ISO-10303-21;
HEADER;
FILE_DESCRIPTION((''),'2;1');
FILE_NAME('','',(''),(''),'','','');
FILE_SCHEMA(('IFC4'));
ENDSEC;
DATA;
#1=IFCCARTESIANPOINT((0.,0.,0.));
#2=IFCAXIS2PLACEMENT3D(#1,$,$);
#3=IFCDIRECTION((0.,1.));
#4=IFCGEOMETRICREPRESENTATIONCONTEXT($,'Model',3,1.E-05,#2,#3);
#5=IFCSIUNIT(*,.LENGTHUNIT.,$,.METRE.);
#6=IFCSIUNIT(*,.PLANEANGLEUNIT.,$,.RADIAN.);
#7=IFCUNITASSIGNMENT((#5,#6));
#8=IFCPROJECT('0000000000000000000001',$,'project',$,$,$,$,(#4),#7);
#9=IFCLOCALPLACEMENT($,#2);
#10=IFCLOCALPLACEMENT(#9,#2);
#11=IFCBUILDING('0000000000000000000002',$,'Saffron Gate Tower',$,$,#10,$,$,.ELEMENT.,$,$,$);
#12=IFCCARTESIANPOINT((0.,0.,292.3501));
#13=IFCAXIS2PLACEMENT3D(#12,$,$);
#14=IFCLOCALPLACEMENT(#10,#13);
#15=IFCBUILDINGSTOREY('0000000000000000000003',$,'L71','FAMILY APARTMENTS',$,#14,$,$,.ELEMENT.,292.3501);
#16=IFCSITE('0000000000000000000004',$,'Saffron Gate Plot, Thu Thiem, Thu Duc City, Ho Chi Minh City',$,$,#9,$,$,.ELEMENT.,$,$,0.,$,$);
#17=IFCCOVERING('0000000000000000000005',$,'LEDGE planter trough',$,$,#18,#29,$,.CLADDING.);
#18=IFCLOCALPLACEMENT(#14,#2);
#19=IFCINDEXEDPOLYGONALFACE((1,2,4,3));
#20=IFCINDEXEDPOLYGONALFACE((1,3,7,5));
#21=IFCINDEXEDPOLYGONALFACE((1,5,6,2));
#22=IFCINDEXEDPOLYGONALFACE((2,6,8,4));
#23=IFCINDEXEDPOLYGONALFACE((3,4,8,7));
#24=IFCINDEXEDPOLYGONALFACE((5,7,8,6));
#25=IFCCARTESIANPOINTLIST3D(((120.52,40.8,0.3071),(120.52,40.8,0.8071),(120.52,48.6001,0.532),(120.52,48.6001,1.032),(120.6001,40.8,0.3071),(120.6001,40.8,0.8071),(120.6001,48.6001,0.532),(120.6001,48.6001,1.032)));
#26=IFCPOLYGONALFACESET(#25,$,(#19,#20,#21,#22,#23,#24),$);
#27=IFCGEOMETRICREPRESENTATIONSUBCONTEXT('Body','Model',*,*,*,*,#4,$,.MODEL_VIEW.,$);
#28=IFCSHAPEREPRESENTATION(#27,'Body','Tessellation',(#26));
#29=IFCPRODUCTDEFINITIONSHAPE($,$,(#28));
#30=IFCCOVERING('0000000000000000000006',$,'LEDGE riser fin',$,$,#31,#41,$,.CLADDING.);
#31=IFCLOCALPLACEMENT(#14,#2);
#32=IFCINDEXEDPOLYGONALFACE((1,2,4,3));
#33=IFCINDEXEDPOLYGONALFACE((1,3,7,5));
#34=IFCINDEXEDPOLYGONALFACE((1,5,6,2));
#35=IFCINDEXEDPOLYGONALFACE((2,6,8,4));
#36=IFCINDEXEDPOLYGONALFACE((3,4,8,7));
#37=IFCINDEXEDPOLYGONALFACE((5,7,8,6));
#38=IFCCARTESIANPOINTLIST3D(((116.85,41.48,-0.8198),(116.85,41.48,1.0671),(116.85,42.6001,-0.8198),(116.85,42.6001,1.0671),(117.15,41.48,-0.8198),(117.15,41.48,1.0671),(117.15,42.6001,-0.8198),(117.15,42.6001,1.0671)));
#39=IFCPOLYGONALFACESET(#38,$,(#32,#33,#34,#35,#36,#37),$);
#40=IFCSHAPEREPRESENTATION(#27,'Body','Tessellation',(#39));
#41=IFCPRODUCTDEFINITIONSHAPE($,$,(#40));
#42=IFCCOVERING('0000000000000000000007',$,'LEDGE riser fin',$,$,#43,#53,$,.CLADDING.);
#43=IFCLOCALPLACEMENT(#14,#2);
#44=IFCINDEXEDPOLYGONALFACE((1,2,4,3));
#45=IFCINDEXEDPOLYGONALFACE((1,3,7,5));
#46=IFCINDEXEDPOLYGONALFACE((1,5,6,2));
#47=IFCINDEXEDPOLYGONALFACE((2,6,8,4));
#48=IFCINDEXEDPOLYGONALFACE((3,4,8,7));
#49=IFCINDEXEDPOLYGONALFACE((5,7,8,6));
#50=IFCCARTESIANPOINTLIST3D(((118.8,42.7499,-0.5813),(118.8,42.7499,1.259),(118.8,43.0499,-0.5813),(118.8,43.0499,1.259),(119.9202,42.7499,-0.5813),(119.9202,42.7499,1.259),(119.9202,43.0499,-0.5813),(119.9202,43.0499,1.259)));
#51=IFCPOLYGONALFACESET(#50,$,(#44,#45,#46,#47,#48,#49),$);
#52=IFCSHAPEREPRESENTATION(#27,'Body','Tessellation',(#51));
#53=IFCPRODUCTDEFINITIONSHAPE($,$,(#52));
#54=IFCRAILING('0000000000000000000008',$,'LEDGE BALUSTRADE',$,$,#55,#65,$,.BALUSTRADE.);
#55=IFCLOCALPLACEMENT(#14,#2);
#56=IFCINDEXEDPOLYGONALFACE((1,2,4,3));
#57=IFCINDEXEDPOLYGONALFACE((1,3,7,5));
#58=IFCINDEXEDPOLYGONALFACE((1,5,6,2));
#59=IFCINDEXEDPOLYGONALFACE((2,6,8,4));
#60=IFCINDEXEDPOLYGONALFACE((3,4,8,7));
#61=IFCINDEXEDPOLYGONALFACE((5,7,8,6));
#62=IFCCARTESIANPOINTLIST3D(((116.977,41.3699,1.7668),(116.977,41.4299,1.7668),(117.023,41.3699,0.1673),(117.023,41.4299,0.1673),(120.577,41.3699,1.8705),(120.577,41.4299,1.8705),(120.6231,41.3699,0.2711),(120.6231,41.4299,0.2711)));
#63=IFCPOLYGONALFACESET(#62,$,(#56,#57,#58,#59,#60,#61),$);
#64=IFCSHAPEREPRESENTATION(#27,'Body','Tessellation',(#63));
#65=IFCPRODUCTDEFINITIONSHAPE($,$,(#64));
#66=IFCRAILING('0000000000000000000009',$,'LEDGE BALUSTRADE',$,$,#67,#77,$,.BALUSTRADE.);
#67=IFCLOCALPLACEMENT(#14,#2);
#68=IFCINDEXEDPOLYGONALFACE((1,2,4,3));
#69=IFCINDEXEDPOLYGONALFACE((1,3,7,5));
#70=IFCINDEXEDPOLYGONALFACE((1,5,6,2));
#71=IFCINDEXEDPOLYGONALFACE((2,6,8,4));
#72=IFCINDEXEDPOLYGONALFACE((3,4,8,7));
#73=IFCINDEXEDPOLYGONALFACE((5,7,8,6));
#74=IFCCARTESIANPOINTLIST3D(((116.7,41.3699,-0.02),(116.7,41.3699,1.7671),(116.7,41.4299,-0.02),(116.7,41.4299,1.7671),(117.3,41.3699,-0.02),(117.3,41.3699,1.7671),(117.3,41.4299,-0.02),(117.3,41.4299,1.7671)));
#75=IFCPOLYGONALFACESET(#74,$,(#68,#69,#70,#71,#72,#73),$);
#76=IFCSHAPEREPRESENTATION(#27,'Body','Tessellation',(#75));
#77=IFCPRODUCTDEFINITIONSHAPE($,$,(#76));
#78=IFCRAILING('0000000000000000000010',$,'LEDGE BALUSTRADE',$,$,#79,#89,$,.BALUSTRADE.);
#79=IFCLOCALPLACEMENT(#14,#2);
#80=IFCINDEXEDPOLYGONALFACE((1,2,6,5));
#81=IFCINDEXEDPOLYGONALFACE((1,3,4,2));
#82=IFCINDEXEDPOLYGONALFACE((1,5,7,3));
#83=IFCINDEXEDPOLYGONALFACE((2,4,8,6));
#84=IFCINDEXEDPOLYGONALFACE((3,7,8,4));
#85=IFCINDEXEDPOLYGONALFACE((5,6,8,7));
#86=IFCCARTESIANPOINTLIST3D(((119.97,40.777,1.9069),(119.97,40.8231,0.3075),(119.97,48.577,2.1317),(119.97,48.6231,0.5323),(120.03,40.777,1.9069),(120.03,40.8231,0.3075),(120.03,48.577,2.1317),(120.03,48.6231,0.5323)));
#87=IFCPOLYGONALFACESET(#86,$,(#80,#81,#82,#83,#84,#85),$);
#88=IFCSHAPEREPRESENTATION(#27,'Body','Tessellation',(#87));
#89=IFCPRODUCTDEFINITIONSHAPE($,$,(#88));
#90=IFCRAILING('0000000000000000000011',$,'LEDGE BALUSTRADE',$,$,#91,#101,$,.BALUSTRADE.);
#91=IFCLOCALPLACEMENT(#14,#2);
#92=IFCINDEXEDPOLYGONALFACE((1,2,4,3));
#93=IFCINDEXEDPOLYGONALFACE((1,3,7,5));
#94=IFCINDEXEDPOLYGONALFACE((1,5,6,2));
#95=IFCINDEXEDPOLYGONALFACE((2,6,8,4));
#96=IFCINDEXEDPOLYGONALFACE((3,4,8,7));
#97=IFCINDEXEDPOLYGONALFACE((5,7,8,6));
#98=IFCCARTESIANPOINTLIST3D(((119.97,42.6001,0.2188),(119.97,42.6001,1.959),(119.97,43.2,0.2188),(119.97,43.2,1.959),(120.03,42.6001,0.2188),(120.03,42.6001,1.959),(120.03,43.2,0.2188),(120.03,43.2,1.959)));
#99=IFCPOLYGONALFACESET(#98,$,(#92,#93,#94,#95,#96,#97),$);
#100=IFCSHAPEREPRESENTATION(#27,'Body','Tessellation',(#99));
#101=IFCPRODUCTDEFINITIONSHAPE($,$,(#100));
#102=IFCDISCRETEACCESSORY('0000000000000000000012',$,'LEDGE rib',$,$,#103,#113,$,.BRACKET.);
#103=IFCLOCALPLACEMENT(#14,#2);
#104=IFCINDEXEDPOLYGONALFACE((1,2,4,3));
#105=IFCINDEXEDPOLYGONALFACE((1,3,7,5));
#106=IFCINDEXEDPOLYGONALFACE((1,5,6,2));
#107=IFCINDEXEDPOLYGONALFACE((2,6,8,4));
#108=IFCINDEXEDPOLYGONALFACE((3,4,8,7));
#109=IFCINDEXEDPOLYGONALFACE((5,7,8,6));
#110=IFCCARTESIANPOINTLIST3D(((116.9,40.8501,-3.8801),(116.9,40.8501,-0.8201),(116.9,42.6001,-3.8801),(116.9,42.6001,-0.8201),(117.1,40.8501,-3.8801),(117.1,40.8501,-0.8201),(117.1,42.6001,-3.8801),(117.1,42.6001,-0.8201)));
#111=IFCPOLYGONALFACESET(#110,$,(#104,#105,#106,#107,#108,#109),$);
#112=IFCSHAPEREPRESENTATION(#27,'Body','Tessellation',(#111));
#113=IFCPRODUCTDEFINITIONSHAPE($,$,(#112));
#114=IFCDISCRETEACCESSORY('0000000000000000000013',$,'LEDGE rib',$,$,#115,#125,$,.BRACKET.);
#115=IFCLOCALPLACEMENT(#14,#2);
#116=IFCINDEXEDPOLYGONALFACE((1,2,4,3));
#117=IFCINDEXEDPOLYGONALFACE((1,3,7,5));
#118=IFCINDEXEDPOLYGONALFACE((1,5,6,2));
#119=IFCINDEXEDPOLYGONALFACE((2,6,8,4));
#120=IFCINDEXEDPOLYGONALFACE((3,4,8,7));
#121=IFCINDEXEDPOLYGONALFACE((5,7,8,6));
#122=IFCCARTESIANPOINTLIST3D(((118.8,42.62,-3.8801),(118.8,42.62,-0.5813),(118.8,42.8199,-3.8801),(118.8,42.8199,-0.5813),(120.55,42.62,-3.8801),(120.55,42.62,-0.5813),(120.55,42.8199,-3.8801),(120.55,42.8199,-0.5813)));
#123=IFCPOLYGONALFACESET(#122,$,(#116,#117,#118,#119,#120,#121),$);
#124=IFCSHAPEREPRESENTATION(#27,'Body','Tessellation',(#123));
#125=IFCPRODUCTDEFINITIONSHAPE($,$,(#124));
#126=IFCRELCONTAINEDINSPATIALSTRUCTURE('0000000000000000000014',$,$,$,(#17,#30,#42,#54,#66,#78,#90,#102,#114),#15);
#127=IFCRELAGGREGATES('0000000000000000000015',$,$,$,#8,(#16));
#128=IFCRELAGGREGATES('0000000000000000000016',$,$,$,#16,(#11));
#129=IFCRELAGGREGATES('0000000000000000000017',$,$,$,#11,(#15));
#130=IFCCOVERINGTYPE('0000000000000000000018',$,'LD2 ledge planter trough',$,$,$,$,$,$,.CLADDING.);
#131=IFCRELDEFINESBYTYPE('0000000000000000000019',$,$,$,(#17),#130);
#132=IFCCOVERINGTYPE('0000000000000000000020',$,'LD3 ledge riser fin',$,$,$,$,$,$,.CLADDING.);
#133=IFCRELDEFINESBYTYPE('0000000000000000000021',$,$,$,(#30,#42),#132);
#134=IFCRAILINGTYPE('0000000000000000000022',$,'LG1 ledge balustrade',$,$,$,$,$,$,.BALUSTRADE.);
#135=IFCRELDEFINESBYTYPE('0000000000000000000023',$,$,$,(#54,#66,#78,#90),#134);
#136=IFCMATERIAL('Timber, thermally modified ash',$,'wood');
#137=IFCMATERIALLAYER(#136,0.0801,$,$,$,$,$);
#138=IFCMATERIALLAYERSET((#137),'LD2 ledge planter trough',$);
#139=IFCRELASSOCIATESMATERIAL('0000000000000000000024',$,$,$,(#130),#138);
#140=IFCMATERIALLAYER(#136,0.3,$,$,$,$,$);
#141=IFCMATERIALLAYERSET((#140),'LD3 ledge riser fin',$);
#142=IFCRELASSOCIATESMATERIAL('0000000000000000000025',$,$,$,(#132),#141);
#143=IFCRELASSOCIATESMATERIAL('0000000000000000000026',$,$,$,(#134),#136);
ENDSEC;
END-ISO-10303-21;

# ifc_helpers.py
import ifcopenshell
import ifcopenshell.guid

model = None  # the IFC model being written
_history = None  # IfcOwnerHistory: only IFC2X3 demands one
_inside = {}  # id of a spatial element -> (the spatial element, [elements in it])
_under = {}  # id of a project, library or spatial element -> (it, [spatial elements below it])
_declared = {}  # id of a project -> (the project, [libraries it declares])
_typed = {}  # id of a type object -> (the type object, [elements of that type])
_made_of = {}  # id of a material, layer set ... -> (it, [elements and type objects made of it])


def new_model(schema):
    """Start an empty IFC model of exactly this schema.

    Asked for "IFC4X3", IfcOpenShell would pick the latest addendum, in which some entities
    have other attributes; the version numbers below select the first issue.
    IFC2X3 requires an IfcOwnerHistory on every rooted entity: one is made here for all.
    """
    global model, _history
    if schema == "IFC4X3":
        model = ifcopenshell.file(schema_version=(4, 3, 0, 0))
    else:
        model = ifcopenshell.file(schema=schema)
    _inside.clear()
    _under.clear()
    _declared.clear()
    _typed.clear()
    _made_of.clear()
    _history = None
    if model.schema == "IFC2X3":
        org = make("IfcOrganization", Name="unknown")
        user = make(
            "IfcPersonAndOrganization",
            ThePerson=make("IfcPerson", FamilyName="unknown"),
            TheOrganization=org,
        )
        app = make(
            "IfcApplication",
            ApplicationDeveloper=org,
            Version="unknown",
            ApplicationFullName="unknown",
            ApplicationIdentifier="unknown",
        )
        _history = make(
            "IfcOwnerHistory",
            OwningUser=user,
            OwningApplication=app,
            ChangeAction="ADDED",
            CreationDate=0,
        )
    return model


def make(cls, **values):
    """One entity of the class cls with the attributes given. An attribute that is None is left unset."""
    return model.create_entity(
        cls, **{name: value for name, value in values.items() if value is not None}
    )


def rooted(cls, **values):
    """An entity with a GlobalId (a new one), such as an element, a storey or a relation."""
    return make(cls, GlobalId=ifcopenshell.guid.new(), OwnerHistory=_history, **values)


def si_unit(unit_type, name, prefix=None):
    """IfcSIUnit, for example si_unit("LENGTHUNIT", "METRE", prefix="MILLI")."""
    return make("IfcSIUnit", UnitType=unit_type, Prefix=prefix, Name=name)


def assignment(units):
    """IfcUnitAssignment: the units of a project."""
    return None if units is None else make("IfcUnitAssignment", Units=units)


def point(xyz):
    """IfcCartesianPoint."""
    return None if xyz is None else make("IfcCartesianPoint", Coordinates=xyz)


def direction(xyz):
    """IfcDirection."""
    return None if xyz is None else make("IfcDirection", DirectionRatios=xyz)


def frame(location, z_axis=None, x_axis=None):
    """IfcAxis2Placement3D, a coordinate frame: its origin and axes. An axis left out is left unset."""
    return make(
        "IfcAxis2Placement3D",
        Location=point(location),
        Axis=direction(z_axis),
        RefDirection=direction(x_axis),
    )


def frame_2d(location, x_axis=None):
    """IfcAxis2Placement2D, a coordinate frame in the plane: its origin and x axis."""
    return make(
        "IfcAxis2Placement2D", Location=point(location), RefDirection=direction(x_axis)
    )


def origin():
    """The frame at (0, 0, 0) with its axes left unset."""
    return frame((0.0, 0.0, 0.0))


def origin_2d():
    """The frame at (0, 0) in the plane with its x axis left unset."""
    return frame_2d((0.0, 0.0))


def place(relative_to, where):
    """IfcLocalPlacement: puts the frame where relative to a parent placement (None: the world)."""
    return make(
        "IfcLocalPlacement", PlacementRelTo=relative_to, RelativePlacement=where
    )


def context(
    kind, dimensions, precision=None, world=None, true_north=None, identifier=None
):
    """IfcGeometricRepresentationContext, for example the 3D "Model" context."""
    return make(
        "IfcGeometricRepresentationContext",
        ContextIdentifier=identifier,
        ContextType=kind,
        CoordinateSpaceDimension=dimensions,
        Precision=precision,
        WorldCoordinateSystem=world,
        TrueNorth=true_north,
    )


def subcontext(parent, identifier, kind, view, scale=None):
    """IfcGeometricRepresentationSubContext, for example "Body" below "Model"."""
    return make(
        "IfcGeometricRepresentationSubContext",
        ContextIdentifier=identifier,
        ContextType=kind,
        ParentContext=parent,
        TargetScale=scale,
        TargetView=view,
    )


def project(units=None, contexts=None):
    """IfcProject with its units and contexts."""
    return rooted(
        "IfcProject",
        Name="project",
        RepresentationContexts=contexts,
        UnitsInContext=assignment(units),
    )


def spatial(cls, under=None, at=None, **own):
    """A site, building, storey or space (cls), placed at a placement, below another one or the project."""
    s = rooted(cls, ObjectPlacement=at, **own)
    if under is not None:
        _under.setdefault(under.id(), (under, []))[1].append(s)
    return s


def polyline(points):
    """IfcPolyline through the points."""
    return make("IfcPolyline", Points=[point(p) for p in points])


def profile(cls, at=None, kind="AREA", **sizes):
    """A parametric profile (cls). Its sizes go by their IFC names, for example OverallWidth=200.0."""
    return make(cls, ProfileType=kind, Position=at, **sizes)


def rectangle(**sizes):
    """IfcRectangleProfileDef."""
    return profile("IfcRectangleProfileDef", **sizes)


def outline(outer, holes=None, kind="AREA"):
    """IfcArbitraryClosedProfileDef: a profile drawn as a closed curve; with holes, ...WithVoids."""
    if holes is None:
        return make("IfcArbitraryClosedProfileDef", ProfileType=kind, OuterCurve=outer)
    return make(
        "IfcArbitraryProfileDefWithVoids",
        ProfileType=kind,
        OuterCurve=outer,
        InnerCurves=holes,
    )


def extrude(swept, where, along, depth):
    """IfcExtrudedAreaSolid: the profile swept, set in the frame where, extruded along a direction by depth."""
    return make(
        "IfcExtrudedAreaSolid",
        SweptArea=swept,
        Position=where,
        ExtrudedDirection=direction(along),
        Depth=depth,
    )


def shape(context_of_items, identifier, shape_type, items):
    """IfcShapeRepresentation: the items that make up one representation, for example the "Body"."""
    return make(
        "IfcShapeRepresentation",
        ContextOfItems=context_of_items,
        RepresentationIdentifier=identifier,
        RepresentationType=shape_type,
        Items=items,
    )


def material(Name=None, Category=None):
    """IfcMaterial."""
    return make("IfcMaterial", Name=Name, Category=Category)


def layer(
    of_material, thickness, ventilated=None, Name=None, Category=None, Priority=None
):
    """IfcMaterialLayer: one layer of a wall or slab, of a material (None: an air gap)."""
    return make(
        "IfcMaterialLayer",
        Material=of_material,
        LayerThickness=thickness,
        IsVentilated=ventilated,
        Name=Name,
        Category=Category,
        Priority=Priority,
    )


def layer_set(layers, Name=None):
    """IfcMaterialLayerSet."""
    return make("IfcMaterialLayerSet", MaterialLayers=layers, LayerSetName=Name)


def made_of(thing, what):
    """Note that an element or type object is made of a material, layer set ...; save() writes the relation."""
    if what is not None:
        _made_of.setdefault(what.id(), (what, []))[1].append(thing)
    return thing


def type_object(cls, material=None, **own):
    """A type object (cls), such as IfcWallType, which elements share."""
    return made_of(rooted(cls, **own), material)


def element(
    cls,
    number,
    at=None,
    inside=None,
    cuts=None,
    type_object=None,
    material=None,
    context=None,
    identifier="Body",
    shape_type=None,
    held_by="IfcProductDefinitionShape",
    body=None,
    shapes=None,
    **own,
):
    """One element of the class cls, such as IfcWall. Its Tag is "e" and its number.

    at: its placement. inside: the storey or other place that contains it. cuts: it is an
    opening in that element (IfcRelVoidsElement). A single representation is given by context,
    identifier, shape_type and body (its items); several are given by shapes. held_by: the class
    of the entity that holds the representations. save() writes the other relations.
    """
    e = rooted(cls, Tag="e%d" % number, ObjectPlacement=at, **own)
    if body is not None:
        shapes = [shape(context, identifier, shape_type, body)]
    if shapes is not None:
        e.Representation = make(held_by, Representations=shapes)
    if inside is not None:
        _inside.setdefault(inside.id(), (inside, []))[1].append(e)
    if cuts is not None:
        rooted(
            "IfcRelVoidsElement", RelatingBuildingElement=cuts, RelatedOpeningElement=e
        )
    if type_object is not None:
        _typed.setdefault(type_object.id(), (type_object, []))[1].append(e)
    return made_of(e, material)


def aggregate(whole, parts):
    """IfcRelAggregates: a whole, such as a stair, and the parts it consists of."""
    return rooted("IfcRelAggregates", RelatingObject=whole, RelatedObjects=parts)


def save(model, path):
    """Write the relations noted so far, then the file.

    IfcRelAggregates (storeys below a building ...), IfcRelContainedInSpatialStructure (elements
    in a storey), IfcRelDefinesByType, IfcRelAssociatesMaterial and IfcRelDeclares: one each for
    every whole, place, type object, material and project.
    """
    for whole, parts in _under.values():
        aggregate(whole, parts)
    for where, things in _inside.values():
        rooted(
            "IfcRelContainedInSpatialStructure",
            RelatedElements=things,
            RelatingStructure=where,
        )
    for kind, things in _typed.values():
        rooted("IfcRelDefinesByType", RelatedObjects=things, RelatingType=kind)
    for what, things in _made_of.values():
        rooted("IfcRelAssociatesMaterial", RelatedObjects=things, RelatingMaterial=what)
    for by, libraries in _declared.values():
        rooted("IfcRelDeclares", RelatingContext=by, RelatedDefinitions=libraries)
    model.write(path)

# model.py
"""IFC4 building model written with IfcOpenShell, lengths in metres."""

from ifc_helpers import new_model, si_unit, direction, frame, origin, origin_2d, place, context, subcontext, project, spatial, polyline, rectangle, outline, extrude, material, layer, layer_set, type_object, element, save


model = new_model("IFC4")

# Units and contexts
model_context = context("Model", 3, precision=1e-05, world=origin(), true_north=direction((0.0, 1.0)))
body_context = subcontext(model_context, "Body", "Model", "MODEL_VIEW")
ifc_project = project(units=[si_unit("LENGTHUNIT", "METRE"), si_unit("PLANEANGLEUNIT", "RADIAN")], contexts=[model_context])

# Site, building, storey
site_placement = place(None, origin())
site = spatial("IfcSite", under=ifc_project, at=site_placement, Name="Saffron Gate Plot, Thu Thiem, Thu Duc City, Ho Chi Minh City", CompositionType="ELEMENT", RefElevation=0.0)
building_placement = place(site_placement, origin())
building = spatial("IfcBuilding", under=site, at=building_placement, Name="Saffron Gate Tower", CompositionType="ELEMENT")
storey_placement = place(building_placement, frame((0.0, 0.0, 292.3501)))
storey = spatial("IfcBuildingStorey", under=building, at=storey_placement, Name="L71", Description="FAMILY APARTMENTS", CompositionType="ELEMENT", Elevation=292.3501)

# Coverings
ifc_material_1 = material(Name="Timber, thermally modified ash", Category="wood")
ifc_layer_1 = layer(ifc_material_1, 0.0801)
ifc_layer_set_1 = layer_set([ifc_layer_1], Name="LD2 ledge planter trough")
covering_type_1 = type_object("IfcCoveringType", Name="LD2 ledge planter trough", PredefinedType="CLADDING", material=ifc_layer_set_1)
covering_1_placement = place(storey_placement, frame((120.6001, 40.8, 0.3071), z_axis=(1.0, 0.0, 0.0), x_axis=(0.0, 0.999585, 0.028815)))
element("IfcCovering", 1, at=covering_1_placement, inside=storey, type_object=covering_type_1, Name="LEDGE planter trough", PredefinedType="CLADDING", context=body_context, shape_type="SweptSolid", body=[
    extrude(outline(polyline([(0.0, 0.0), (7.8033, 0.0), (7.8177, 0.4998), (0.0144, 0.4998), (0.0, 0.0)])), origin(), (0.0, 0.0, -1.0), 0.0801),
])
ifc_layer_2 = layer(ifc_material_1, 0.3)
ifc_layer_set_2 = layer_set([ifc_layer_2], Name="LD3 ledge riser fin")
covering_type_2 = type_object("IfcCoveringType", Name="LD3 ledge riser fin", PredefinedType="CLADDING", material=ifc_layer_set_2)
covering_2_placement = place(storey_placement, frame((117.0, 42.04, -0.8198), z_axis=(0.0, 0.0, 1.0), x_axis=(1.0, 0.0, 0.0)))
element("IfcCovering", 2, at=covering_2_placement, inside=storey, type_object=covering_type_2, Name="LEDGE riser fin", PredefinedType="CLADDING", context=body_context, shape_type="SweptSolid", body=[
    extrude(rectangle(XDim=0.3, YDim=1.1201, at=origin_2d()), origin(), (0.0, 0.0, 1.0), 1.887),
])
covering_3_placement = place(storey_placement, frame((119.3601, 42.8999, -0.5813), z_axis=(0.0, 0.0, 1.0), x_axis=(0.0, 1.0, 0.0)))
element("IfcCovering", 3, at=covering_3_placement, inside=storey, type_object=covering_type_2, Name="LEDGE riser fin", PredefinedType="CLADDING", context=body_context, shape_type="SweptSolid", body=[
    extrude(rectangle(XDim=0.3, YDim=1.1201, at=origin_2d()), origin(), (0.0, 0.0, 1.0), 1.8403),
])

# Railings
railing_type = type_object("IfcRailingType", Name="LG1 ledge balustrade", PredefinedType="BALUSTRADE", material=ifc_material_1)
railing_1_placement = place(storey_placement, frame((117.0, 41.3999, 0.167)))
element("IfcRailing", 4, at=railing_1_placement, inside=storey, type_object=railing_type, Name="LEDGE BALUSTRADE", PredefinedType="BALUSTRADE", context=body_context, shape_type="SweptSolid", body=[
    extrude(rectangle(XDim=0.0601, YDim=1.6001, at=origin_2d()), frame((0.0, 0.0, 0.8), z_axis=(0.999585, 0.0, 0.028809), x_axis=(0.0, 1.0, 0.0)), (0.0, 0.0, 1.0), 3.6016),
])
railing_2_placement = place(storey_placement, frame((116.7, 41.3999, -0.02)))
element("IfcRailing", 5, at=railing_2_placement, inside=storey, type_object=railing_type, Name="LEDGE BALUSTRADE", PredefinedType="BALUSTRADE", context=body_context, shape_type="SweptSolid", body=[
    extrude(rectangle(XDim=0.0601, YDim=1.7871, at=origin_2d()), frame((0.0, 0.0, 0.8936), z_axis=(1.0, 0.0, 0.0), x_axis=(0.0, 1.0, 0.0)), (0.0, 0.0, 1.0), 0.6001),
])
railing_3_placement = place(storey_placement, frame((120.0, 40.8, 0.3071)))
element("IfcRailing", 6, at=railing_3_placement, inside=storey, type_object=railing_type, Name="LEDGE BALUSTRADE", PredefinedType="BALUSTRADE", context=body_context, shape_type="SweptSolid", body=[
    extrude(rectangle(XDim=0.0601, YDim=1.6001, at=origin_2d()), frame((0.0, 0.0, 0.8), z_axis=(0.0, 0.999585, 0.028815), x_axis=(-1.0, 0.0, 0.0)), (0.0, 0.0, 1.0), 7.8032),
])
railing_4_placement = place(storey_placement, frame((120.0, 42.6001, 0.2188)))
element("IfcRailing", 7, at=railing_4_placement, inside=storey, type_object=railing_type, Name="LEDGE BALUSTRADE", PredefinedType="BALUSTRADE", context=body_context, shape_type="SweptSolid", body=[
    extrude(rectangle(XDim=0.0601, YDim=1.7402, at=origin_2d()), frame((0.0, 0.0, 0.8701), z_axis=(0.0, 1.0, 0.0), x_axis=(-1.0, 0.0, 0.0)), (0.0, 0.0, 1.0), 0.5999),
])

# Discrete accessories
discrete_accessory_1_placement = place(storey_placement, frame((117.0, 41.7251, -3.8801), z_axis=(0.0, 0.0, 1.0), x_axis=(1.0, 0.0, 0.0)))
element("IfcDiscreteAccessory", 8, at=discrete_accessory_1_placement, inside=storey, Name="LEDGE rib", PredefinedType="BRACKET", context=body_context, shape_type="SweptSolid", body=[
    extrude(rectangle(XDim=0.2, YDim=1.75, at=origin_2d()), origin(), (0.0, 0.0, 1.0), 3.0601),
])
discrete_accessory_2_placement = place(storey_placement, frame((119.675, 42.72, -3.8801), z_axis=(0.0, 0.0, 1.0), x_axis=(0.0, 1.0, 0.0)))
element("IfcDiscreteAccessory", 9, at=discrete_accessory_2_placement, inside=storey, Name="LEDGE rib", PredefinedType="BRACKET", context=body_context, shape_type="SweptSolid", body=[
    extrude(rectangle(XDim=0.2, YDim=1.75, at=origin_2d()), origin(), (0.0, 0.0, 1.0), 3.2988),
])

save(model, "model.ifc")
